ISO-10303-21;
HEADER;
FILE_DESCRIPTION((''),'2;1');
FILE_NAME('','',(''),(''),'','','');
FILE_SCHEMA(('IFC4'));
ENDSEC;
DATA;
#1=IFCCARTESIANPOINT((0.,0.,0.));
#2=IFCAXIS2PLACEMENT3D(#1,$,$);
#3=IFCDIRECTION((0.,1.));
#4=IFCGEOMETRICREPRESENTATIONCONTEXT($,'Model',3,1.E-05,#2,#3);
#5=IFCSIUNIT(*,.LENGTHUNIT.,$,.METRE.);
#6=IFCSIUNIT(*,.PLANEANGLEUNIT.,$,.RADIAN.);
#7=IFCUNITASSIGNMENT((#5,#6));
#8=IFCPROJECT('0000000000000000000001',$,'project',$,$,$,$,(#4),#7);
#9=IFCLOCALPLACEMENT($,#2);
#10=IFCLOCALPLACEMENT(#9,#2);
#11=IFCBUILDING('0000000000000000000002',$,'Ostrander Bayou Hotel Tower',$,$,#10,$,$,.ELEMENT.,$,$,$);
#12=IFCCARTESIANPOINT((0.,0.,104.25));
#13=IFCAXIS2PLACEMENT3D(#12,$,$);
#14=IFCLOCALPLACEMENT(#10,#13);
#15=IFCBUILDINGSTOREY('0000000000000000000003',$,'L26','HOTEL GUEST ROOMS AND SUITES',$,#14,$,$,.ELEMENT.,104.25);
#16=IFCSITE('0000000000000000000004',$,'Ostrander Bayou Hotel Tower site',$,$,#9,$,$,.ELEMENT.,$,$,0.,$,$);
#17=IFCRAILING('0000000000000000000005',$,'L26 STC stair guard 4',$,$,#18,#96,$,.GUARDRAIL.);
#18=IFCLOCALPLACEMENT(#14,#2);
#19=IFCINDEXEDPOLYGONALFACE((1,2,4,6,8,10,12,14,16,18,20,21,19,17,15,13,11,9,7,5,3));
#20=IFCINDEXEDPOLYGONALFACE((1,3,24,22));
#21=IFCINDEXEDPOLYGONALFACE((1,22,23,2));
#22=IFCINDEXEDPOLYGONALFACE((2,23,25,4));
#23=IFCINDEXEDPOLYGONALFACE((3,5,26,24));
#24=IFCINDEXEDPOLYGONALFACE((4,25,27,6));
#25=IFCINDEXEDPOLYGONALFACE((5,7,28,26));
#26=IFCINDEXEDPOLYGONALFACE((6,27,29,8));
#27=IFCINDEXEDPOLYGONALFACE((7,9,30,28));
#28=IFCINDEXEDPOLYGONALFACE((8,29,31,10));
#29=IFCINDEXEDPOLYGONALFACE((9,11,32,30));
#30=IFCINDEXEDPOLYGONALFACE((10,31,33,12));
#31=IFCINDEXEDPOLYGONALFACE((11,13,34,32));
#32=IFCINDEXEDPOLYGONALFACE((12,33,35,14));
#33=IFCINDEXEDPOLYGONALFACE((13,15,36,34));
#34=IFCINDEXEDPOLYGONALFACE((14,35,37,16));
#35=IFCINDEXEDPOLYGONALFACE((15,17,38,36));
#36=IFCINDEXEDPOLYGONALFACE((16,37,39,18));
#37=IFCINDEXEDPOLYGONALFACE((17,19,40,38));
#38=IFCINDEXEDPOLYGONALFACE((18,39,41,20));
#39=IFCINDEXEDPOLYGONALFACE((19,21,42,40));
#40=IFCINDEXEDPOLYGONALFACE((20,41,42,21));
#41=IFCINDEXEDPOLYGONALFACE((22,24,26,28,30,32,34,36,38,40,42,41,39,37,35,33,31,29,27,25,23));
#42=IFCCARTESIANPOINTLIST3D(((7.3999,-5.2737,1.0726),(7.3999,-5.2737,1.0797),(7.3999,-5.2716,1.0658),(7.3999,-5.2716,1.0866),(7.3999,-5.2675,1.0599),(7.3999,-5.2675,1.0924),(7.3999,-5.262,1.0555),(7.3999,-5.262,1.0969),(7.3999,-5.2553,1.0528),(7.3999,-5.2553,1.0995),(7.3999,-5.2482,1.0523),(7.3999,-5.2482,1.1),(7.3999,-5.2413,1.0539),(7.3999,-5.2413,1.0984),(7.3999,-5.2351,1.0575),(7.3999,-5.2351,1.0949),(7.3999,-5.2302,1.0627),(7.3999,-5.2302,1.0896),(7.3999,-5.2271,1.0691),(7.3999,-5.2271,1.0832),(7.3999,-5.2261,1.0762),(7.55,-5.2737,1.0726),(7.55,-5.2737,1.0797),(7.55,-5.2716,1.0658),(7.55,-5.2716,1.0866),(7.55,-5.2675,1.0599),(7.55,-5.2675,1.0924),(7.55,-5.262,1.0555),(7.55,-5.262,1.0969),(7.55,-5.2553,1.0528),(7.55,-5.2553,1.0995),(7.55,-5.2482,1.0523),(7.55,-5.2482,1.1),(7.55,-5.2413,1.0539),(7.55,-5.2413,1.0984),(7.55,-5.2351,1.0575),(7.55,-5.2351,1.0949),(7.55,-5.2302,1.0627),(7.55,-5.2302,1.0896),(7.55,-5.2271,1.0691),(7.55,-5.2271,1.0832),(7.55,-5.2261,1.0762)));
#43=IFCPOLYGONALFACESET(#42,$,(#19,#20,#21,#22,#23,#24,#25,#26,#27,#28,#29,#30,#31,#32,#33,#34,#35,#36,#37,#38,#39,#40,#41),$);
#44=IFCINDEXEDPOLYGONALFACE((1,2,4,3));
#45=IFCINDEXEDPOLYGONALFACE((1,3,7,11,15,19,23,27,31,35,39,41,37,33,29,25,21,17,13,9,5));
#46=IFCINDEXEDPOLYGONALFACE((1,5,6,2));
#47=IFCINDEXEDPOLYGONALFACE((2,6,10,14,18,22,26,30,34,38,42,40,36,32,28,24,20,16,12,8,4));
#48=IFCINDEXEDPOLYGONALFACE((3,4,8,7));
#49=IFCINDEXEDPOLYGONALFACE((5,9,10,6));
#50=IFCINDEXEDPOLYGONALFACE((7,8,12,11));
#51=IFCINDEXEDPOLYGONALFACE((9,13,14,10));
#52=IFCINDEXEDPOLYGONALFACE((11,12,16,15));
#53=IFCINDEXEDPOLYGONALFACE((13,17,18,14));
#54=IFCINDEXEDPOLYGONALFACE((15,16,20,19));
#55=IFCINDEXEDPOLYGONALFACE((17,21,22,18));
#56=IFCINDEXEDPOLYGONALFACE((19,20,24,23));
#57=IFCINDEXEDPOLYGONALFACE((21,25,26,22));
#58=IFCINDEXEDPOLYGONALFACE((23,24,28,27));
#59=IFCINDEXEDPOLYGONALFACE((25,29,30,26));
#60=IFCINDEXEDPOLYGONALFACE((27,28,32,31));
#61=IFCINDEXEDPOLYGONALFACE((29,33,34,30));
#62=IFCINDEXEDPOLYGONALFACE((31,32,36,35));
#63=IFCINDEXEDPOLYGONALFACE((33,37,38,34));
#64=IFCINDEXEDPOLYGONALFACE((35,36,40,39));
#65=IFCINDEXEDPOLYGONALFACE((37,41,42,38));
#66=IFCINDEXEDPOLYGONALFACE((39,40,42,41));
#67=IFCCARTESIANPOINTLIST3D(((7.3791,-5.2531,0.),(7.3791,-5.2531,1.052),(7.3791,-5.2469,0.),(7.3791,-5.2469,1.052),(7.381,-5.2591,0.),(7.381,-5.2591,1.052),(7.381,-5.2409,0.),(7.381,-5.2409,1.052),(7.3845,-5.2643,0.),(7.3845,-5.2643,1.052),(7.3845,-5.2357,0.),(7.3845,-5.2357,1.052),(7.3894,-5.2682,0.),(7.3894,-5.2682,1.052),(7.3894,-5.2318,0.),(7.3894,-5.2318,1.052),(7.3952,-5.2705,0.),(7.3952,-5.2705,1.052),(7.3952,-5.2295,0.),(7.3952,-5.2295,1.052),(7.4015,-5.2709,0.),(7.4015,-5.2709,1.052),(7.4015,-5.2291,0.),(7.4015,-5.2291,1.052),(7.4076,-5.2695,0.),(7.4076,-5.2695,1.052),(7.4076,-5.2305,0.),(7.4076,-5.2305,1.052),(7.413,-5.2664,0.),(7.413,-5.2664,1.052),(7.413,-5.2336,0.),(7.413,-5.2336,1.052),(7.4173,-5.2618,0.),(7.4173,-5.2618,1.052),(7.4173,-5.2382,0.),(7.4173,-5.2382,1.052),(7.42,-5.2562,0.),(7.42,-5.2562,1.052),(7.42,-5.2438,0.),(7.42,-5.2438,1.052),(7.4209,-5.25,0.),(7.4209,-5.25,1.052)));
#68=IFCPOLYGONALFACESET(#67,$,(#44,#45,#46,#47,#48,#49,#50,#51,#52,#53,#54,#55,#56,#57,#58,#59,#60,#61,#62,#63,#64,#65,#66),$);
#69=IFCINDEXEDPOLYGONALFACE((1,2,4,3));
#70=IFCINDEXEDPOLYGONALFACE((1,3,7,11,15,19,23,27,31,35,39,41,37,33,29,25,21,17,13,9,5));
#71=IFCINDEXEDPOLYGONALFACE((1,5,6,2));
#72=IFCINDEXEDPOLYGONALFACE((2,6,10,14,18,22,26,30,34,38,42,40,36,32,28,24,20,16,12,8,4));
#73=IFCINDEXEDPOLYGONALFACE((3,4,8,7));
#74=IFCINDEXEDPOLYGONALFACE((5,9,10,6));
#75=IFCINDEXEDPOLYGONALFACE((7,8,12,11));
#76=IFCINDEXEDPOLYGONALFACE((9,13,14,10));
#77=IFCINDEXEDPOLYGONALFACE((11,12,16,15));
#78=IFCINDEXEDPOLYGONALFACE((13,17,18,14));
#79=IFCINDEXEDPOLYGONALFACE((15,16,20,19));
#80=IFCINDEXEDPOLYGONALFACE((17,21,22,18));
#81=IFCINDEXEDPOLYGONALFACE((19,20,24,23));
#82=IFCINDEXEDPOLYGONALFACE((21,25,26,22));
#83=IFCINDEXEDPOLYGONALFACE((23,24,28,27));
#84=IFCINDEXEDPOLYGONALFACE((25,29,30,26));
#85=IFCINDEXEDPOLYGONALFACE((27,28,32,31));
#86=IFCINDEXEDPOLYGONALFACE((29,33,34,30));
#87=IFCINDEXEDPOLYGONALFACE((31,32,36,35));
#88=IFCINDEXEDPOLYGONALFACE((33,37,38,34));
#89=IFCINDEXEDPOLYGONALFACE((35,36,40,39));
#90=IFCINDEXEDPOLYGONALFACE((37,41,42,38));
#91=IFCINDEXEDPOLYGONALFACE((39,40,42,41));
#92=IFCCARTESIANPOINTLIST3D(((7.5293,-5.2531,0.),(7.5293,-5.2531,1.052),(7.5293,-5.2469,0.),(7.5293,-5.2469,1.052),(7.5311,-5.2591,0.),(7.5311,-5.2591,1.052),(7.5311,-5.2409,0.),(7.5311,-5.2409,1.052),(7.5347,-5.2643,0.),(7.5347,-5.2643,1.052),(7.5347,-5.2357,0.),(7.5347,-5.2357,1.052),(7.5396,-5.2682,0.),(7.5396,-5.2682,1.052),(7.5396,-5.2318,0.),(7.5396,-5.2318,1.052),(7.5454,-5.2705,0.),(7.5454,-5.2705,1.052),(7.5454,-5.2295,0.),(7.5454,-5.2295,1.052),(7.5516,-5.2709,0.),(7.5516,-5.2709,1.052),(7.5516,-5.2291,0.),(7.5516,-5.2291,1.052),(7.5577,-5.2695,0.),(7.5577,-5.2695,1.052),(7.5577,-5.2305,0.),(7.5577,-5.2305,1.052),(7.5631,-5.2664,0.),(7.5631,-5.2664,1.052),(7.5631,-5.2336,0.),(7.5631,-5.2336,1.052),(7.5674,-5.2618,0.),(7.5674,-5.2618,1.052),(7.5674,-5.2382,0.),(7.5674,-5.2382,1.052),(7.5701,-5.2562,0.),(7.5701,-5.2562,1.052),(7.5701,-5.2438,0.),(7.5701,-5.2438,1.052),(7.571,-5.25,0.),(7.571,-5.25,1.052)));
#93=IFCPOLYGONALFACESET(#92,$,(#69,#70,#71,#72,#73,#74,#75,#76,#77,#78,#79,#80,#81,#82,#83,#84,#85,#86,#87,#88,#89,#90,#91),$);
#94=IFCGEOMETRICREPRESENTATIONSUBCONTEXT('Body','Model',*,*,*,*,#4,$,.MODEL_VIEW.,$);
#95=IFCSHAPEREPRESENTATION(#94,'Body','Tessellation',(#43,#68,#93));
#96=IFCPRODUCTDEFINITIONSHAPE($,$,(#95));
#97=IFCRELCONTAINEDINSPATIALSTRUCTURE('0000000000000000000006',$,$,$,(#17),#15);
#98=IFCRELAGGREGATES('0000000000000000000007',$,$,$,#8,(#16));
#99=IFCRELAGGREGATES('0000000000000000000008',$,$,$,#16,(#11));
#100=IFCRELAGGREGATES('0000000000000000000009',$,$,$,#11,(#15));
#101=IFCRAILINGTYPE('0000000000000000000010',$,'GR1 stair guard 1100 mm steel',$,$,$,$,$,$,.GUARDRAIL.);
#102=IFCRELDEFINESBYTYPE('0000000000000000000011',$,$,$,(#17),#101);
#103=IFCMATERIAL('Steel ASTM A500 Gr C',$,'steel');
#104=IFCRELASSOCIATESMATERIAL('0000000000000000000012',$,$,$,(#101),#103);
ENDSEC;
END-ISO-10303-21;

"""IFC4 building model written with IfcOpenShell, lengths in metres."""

from ifc_helpers import new_model, si_unit, direction, frame, origin, origin_2d, place, context, subcontext, project, spatial, circle, extrude, material, type_object, element, save


model = new_model("IFC4")

# Units and contexts
model_context = context("Model", 3, precision=1e-05, world=origin(), true_north=direction((0.0, 1.0)))
body_context = subcontext(model_context, "Body", "Model", "MODEL_VIEW")
ifc_project = project(units=[si_unit("LENGTHUNIT", "METRE"), si_unit("PLANEANGLEUNIT", "RADIAN")], contexts=[model_context])

# Site, building, storey
site_placement = place(None, origin())
site = spatial("IfcSite", under=ifc_project, at=site_placement, Name="Ostrander Bayou Hotel Tower site", CompositionType="ELEMENT", RefElevation=0.0)
building_placement = place(site_placement, origin())
building = spatial("IfcBuilding", under=site, at=building_placement, Name="Ostrander Bayou Hotel Tower", CompositionType="ELEMENT")
storey_placement = place(building_placement, frame((0.0, 0.0, 104.25)))
storey = spatial("IfcBuildingStorey", under=building, at=storey_placement, Name="L26", Description="HOTEL GUEST ROOMS AND SUITES", CompositionType="ELEMENT", Elevation=104.25)

# Railing
ifc_material_1 = material(Name="Steel ASTM A500 Gr C", Category="steel")
railing_type_1 = type_object("IfcRailingType", Name="GR1 stair guard 1100 mm steel", PredefinedType="GUARDRAIL", material=ifc_material_1)
railing_1_placement = place(storey_placement, frame((7.3999, -5.25, 0.0)))
element("IfcRailing", 1, at=railing_1_placement, inside=storey, type_object=railing_type_1, Name="L26 STC stair guard 4", PredefinedType="GUARDRAIL", context=body_context, shape_type="SweptSolid", body=[
    extrude(circle(Radius=0.0239, at=origin_2d()), frame((0.0, 0.0, 1.0762), z_axis=(1.0, 0.0, 0.0), x_axis=(0.0, 1.0, 0.0)), (0.0, 0.0, 1.0), 0.1501),
    extrude(circle(Radius=0.021, at=origin_2d()), origin(), (0.0, 0.0, 1.0), 1.052),
    extrude(circle(Radius=0.021, at=origin_2d()), frame((0.1501, 0.0, 0.0)), (0.0, 0.0, 1.0), 1.052),
])

save(model, "model.ifc")
